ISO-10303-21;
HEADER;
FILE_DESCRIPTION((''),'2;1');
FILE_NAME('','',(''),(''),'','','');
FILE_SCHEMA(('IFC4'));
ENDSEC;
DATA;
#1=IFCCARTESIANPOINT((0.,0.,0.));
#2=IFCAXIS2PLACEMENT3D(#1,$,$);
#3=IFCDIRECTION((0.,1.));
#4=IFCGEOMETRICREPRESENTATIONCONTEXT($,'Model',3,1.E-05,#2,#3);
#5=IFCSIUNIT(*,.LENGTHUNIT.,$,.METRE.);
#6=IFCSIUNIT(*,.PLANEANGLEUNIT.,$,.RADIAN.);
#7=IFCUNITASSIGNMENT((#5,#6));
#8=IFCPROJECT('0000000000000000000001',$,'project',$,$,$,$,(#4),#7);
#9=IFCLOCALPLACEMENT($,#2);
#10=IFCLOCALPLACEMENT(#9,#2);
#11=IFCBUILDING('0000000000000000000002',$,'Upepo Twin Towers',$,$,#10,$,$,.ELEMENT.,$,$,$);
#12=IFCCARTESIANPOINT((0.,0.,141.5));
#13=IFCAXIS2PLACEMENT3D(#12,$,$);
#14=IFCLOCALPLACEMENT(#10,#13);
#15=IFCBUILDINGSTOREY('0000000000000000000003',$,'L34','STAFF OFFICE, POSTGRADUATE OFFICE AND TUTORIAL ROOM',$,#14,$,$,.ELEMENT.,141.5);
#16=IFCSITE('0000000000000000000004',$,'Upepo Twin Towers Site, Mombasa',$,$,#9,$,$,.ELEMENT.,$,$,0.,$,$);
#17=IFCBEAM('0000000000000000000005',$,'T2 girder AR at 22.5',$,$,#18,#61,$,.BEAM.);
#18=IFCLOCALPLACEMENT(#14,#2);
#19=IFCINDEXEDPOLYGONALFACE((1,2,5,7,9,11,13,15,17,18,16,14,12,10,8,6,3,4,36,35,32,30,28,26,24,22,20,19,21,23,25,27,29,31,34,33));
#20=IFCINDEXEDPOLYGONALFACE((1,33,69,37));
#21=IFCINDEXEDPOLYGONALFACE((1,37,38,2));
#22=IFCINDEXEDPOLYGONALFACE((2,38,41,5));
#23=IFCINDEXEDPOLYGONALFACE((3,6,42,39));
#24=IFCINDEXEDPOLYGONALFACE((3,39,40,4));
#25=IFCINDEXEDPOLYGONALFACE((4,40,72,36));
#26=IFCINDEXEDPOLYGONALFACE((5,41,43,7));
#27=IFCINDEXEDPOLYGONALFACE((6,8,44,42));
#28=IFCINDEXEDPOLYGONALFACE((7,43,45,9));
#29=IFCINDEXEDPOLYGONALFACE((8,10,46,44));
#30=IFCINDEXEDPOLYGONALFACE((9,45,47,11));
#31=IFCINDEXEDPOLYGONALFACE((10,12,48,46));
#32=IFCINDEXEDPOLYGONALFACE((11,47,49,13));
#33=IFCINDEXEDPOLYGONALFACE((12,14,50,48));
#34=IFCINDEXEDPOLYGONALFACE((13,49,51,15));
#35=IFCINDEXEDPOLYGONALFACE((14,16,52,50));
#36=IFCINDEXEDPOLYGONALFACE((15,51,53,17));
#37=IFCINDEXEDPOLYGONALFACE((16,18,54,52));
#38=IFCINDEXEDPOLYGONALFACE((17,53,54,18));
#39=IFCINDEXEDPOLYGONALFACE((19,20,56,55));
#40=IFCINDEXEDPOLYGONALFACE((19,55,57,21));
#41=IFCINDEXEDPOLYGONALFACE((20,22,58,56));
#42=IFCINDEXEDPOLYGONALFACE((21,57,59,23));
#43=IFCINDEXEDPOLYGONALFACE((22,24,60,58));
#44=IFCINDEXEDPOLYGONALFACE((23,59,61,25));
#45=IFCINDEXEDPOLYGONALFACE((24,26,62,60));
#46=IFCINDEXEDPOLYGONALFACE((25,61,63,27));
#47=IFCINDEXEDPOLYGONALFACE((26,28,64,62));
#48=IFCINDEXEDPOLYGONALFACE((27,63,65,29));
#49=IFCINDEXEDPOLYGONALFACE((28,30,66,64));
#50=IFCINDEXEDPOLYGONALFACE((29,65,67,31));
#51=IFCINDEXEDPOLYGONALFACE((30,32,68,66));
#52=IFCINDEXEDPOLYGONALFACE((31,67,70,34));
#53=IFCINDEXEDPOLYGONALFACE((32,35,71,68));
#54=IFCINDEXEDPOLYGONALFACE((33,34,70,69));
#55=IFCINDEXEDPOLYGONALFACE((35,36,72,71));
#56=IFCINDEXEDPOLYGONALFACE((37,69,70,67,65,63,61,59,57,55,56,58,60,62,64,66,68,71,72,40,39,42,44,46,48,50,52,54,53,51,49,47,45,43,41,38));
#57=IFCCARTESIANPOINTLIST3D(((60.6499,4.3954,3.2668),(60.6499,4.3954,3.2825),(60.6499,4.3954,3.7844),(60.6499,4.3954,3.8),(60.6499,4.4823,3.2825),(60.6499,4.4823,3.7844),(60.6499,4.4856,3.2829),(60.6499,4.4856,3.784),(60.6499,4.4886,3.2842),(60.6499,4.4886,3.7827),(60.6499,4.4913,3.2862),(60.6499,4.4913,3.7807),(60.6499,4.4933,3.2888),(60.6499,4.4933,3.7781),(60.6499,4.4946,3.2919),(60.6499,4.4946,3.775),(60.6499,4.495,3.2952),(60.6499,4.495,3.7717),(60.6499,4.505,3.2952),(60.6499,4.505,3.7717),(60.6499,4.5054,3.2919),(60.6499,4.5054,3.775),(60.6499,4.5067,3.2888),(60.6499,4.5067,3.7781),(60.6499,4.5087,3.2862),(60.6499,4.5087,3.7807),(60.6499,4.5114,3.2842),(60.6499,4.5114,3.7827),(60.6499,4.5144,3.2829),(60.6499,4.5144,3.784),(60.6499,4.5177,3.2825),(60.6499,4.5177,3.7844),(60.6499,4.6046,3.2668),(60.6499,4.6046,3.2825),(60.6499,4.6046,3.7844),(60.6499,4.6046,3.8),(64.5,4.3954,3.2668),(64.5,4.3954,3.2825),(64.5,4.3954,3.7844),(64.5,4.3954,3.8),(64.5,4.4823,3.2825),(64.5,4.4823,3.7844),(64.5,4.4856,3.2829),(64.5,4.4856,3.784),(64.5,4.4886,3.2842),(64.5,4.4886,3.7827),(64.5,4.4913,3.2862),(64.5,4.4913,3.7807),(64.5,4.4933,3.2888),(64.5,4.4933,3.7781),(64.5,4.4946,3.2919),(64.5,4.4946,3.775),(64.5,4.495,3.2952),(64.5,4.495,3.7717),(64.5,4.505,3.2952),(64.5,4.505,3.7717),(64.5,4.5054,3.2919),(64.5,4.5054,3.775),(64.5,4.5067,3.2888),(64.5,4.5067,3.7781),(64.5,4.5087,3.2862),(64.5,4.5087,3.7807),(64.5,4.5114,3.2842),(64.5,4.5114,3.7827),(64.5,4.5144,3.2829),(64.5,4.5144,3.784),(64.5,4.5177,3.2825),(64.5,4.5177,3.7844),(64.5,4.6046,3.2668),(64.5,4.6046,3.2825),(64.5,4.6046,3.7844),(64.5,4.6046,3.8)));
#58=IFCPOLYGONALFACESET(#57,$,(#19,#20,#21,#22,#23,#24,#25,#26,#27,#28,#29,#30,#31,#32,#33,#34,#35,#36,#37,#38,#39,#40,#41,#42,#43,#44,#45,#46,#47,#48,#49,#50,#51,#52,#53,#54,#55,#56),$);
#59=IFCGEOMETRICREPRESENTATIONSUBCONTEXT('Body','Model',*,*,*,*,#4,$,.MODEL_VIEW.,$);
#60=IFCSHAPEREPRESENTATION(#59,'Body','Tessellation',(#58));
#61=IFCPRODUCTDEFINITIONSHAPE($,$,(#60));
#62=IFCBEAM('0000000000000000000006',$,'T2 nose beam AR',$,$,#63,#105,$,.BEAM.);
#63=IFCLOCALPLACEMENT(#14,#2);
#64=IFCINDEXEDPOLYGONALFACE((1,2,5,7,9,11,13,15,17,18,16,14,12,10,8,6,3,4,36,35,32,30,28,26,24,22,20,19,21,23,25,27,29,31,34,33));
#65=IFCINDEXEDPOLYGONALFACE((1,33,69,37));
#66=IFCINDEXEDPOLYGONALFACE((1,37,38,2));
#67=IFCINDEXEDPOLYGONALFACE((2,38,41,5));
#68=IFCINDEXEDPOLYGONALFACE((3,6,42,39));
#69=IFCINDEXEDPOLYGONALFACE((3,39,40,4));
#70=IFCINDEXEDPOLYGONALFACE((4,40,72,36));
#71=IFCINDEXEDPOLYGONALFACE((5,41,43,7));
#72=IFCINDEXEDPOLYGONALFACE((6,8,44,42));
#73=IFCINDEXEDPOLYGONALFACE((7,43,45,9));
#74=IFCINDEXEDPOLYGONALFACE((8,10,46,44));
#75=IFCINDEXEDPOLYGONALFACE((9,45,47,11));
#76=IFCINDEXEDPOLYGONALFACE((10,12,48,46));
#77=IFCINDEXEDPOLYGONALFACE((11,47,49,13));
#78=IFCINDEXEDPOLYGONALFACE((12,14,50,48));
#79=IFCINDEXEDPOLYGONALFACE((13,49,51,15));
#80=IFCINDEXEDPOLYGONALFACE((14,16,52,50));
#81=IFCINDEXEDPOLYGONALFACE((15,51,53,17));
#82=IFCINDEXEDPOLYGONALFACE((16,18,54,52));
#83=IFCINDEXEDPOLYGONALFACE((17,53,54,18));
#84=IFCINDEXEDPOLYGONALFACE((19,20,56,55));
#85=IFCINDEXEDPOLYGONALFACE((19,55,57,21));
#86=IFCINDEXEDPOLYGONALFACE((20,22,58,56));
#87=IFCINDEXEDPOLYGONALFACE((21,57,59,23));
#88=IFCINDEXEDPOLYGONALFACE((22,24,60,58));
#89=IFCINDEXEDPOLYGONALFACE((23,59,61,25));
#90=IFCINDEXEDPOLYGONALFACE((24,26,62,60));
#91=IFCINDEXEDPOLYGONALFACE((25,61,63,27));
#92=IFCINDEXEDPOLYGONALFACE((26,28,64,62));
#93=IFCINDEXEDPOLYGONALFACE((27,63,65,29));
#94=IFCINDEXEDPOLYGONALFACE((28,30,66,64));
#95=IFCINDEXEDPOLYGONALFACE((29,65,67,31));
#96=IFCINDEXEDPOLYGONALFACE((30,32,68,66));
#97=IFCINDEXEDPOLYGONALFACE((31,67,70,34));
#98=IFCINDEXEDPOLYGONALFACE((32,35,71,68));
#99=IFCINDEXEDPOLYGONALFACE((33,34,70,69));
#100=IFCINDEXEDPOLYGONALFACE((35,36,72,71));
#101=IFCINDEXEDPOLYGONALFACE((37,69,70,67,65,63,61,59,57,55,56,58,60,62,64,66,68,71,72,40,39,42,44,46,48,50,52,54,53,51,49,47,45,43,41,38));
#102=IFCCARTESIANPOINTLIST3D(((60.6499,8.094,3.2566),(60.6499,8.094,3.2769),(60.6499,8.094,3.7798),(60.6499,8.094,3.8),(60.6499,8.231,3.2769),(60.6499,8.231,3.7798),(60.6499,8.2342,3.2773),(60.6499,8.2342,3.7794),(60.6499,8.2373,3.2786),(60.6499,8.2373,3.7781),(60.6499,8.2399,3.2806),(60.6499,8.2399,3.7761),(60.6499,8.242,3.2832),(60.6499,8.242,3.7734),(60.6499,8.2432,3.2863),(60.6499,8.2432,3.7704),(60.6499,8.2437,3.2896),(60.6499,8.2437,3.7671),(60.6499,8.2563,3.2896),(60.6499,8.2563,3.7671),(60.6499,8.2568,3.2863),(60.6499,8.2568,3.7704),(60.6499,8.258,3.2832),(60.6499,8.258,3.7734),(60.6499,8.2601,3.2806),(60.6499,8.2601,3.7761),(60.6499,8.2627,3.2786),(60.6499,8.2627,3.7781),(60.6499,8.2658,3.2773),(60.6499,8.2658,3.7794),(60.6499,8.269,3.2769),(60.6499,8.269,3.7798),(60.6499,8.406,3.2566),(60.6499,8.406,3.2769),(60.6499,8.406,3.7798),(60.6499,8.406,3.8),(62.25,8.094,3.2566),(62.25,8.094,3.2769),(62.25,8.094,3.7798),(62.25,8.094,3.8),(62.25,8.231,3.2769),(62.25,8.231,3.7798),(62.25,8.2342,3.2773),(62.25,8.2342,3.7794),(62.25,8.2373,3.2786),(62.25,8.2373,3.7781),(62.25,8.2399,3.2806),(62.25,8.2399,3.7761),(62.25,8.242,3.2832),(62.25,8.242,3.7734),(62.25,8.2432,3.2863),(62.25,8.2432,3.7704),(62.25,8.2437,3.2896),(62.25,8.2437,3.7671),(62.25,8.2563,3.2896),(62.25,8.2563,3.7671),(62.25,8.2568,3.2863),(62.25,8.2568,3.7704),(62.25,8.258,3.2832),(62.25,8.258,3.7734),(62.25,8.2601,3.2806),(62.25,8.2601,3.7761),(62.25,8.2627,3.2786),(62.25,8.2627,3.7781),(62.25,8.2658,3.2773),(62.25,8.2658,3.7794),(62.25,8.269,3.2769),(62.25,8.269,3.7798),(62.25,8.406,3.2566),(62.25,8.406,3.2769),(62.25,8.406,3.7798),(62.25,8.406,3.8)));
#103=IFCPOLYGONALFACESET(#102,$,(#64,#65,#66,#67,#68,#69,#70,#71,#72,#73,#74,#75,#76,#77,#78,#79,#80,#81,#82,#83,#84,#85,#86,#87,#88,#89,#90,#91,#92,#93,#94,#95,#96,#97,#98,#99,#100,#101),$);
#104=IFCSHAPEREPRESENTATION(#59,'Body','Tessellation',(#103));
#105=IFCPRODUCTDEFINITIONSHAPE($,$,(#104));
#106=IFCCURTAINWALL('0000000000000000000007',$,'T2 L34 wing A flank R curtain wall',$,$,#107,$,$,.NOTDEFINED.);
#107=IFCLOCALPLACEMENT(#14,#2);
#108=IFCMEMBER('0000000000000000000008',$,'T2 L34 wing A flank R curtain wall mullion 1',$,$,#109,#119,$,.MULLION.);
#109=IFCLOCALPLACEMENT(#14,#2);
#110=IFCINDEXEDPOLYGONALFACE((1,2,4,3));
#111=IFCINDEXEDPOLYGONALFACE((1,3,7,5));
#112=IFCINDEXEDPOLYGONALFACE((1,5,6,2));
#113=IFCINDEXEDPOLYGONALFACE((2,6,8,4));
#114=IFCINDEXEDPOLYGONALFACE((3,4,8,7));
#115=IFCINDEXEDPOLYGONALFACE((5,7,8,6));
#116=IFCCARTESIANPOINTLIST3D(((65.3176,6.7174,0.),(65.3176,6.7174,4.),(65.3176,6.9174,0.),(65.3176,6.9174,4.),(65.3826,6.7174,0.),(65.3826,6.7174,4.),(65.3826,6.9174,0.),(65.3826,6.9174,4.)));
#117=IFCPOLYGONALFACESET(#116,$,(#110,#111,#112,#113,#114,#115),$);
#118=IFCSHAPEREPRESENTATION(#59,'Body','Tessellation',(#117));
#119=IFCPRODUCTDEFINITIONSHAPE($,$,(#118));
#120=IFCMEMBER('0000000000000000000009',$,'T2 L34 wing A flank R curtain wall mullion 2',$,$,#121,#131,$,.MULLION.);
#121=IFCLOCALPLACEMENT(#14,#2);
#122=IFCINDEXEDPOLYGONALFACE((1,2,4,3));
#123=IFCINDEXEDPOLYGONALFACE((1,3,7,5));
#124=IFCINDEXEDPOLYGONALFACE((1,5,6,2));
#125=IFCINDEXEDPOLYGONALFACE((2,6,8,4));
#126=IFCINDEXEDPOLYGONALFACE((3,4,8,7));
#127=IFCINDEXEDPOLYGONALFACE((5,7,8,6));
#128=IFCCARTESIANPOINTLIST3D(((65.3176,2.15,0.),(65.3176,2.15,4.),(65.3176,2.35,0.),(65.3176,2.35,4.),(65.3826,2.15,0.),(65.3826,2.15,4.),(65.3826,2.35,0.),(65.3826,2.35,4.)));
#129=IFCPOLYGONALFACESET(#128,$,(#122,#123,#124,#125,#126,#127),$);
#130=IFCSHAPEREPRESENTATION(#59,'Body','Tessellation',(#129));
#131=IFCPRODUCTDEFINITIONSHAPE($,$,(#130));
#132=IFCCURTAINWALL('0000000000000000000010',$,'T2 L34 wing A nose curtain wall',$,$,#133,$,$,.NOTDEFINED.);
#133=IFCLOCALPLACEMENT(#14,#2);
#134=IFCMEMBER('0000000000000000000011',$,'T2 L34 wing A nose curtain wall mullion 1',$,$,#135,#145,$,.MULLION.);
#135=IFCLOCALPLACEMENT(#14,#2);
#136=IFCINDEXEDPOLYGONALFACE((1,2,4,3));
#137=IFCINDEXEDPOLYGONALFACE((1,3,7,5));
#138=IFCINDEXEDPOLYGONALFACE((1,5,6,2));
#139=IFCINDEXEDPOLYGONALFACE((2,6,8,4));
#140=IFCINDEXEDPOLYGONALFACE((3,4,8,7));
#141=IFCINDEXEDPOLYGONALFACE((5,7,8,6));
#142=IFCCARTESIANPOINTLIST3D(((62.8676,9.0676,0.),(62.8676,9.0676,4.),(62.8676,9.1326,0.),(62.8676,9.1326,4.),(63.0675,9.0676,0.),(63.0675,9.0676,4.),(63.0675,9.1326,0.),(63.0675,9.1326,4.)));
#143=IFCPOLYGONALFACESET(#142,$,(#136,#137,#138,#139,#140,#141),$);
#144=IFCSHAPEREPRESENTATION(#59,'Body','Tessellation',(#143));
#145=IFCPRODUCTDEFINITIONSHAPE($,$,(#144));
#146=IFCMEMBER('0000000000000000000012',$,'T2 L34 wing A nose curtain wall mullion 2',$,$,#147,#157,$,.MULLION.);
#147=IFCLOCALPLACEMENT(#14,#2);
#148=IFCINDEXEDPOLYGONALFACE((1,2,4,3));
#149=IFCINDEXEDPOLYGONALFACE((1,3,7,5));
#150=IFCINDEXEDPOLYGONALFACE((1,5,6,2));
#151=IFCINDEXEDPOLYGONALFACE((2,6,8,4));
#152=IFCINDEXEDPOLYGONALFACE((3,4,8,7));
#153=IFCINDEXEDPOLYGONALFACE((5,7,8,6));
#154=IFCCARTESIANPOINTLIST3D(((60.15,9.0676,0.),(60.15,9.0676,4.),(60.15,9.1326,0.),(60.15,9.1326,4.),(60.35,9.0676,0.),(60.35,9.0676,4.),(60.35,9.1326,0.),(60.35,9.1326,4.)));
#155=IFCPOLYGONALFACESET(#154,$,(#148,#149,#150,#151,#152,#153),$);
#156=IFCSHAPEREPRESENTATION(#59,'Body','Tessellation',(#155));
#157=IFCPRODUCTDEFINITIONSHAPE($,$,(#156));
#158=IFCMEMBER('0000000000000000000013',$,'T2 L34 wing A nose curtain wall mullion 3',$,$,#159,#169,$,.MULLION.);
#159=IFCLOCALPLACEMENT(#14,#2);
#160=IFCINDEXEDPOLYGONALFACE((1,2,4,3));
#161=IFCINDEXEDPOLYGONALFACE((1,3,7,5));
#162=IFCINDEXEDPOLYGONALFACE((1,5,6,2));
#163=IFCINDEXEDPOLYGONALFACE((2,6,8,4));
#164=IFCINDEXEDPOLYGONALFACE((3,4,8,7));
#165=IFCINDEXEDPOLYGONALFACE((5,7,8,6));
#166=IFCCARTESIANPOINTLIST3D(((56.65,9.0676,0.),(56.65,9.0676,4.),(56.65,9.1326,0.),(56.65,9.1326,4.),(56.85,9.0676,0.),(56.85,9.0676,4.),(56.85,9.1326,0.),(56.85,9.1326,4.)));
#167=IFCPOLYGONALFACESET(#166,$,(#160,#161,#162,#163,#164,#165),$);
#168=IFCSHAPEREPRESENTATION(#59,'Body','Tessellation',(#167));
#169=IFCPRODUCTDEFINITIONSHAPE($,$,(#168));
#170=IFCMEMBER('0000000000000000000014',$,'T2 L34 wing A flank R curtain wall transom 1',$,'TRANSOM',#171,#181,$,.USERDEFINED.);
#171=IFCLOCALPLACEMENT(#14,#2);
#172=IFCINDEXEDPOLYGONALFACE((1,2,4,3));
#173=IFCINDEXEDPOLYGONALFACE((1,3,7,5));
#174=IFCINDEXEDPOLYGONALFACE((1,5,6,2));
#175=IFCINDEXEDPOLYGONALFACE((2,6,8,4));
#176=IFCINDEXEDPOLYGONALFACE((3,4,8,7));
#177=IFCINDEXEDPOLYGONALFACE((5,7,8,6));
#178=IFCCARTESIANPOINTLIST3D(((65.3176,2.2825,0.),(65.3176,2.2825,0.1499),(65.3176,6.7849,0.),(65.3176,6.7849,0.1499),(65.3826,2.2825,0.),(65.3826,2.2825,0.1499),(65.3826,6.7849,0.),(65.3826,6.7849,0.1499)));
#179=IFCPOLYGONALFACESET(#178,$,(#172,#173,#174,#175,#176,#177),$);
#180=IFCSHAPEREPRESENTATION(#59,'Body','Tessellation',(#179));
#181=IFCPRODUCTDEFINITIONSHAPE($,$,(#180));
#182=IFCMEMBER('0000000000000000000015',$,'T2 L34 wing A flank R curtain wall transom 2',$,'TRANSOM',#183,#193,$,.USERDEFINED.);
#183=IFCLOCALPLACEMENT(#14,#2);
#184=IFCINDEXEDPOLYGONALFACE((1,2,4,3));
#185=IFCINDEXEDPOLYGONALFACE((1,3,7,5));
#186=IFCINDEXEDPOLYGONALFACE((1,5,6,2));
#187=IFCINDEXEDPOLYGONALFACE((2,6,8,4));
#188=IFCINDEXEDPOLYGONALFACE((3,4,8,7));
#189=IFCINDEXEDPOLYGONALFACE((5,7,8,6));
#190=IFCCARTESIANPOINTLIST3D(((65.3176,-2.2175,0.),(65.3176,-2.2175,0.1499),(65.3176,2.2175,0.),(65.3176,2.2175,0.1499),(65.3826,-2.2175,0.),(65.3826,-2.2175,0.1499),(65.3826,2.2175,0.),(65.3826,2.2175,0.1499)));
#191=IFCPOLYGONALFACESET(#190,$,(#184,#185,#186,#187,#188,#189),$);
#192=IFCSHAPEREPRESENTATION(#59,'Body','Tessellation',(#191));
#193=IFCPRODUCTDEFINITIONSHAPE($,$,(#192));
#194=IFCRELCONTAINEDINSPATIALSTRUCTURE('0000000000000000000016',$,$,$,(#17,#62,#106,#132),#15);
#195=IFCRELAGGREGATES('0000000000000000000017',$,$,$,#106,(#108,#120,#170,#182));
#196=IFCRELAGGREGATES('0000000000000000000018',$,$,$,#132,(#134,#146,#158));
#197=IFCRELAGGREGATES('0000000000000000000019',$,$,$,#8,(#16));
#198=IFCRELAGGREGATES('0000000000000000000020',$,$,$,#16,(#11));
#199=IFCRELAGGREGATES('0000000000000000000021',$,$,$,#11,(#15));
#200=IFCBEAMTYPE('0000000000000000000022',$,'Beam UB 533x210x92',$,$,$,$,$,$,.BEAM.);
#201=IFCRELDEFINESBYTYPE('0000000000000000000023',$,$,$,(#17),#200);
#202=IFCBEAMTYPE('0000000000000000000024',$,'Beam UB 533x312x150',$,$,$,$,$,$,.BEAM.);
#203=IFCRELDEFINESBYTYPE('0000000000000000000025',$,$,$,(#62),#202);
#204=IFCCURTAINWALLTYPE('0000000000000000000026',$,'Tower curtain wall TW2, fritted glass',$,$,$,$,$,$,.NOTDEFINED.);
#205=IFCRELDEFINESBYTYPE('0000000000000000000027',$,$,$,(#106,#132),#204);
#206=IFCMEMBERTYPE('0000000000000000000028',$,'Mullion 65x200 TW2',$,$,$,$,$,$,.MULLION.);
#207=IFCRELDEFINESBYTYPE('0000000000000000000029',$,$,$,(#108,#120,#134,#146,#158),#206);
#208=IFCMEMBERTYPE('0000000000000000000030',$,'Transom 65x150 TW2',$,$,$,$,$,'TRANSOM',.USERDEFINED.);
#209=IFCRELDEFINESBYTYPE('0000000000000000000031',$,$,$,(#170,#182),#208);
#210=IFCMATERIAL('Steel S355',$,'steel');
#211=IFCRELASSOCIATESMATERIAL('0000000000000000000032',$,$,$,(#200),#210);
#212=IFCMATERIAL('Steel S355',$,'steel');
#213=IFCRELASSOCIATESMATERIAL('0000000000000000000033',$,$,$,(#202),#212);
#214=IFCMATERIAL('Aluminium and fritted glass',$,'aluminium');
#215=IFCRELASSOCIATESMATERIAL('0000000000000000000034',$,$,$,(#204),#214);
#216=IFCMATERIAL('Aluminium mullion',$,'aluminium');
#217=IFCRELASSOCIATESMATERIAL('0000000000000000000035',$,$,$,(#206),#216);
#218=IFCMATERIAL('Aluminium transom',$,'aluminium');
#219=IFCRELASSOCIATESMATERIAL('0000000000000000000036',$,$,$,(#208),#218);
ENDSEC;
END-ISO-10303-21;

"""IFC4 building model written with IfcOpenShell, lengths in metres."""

from ifc_helpers import new_model, si_unit, direction, frame, origin, origin_2d, place, context, subcontext, project, spatial, rectangle, i_section, extrude, material, material_profile, profile_set, type_object, element, aggregate, save


model = new_model("IFC4")

# Units and contexts
model_context = context("Model", 3, precision=1e-05, world=origin(), true_north=direction((0.0, 1.0)))
body_context = subcontext(model_context, "Body", "Model", "MODEL_VIEW")
ifc_project = project(units=[si_unit("LENGTHUNIT", "METRE"), si_unit("PLANEANGLEUNIT", "RADIAN")], contexts=[model_context])

# Site, building, storey
site_placement = place(None, origin())
site = spatial("IfcSite", under=ifc_project, at=site_placement, Name="Upepo Twin Towers Site, Mombasa", CompositionType="ELEMENT", RefElevation=0.0)
building_placement = place(site_placement, origin())
building = spatial("IfcBuilding", under=site, at=building_placement, Name="Upepo Twin Towers", CompositionType="ELEMENT")
storey_placement = place(building_placement, frame((0.0, 0.0, 141.5)))
storey = spatial("IfcBuildingStorey", under=building, at=storey_placement, Name="L34", Description="STAFF OFFICE, POSTGRADUATE OFFICE AND TUTORIAL ROOM", CompositionType="ELEMENT", Elevation=141.5)

# Beams
ifc_material_1 = material(Name="Steel S355", Category="steel")
ifc_material_profile_1 = material_profile(ifc_material_1, i_section(OverallWidth=0.2092, OverallDepth=0.5332, WebThickness=0.01, FlangeThickness=0.0156, FilletRadius=0.0127, at=origin_2d()), Name="UB 533x210x92")
ifc_profile_set_1 = profile_set([ifc_material_profile_1], Name="Steel S355")
beam_type_1 = type_object("IfcBeamType", Name="Beam UB 533x210x92", PredefinedType="BEAM", material=ifc_profile_set_1)
for number, where, z_axis, x_axis, name in (
    (1, (64.5, 4.5, 3.5334), (-1.0, 0.0, 0.0), (0.0, -1.0, 0.0), "T2 girder AR at 22.5"),
):
    element("IfcBeam", number, at=place(storey_placement, frame(where, z_axis=z_axis, x_axis=x_axis)), inside=storey, type_object=beam_type_1, Name=name, PredefinedType="BEAM", context=body_context, shape_type="SweptSolid", body=[
        extrude(i_section(OverallWidth=0.2092, OverallDepth=0.5332, WebThickness=0.01, FlangeThickness=0.0156, FilletRadius=0.0127, at=origin_2d()), origin(), (0.0, 0.0, 1.0), 3.8501),
    ])
ifc_material_2 = material(Name="Steel S355", Category="steel")
ifc_material_profile_2 = material_profile(ifc_material_2, i_section(OverallWidth=0.312, OverallDepth=0.5435, WebThickness=0.0127, FlangeThickness=0.0203, FilletRadius=0.0127, at=origin_2d()), Name="UB 533x312x150")
ifc_profile_set_2 = profile_set([ifc_material_profile_2], Name="Steel S355")
beam_type_2 = type_object("IfcBeamType", Name="Beam UB 533x312x150", PredefinedType="BEAM", material=ifc_profile_set_2)
beam_1_placement = place(storey_placement, frame((62.25, 8.25, 3.5283), z_axis=(-1.0, 0.0, 0.0), x_axis=(0.0, -1.0, 0.0)))
element("IfcBeam", 2, at=beam_1_placement, inside=storey, type_object=beam_type_2, Name="T2 nose beam AR", PredefinedType="BEAM", context=body_context, shape_type="SweptSolid", body=[
    extrude(i_section(OverallWidth=0.312, OverallDepth=0.5435, WebThickness=0.0127, FlangeThickness=0.0203, FilletRadius=0.0127, at=origin_2d()), origin(), (0.0, 0.0, 1.0), 1.6001),
])

# Curtain walls, members
ifc_material_3 = material(Name="Aluminium and fritted glass", Category="aluminium")
curtain_wall_type = type_object("IfcCurtainWallType", Name="Tower curtain wall TW2, fritted glass", PredefinedType="NOTDEFINED", material=ifc_material_3)
curtain_wall_1_placement = place(storey_placement, origin())
curtain_wall_1 = element("IfcCurtainWall", 3, at=curtain_wall_1_placement, inside=storey, type_object=curtain_wall_type, Name="T2 L34 wing A flank R curtain wall", PredefinedType="NOTDEFINED")
ifc_material_4 = material(Name="Aluminium mullion", Category="aluminium")
ifc_material_profile_3 = material_profile(ifc_material_4, rectangle(XDim=0.0649, YDim=0.2, at=origin_2d()), Name="MULLION 65x200")
ifc_profile_set_3 = profile_set([ifc_material_profile_3], Name="Aluminium mullion")
member_type_1 = type_object("IfcMemberType", Name="Mullion 65x200 TW2", PredefinedType="MULLION", material=ifc_profile_set_3)
member_1_placement = place(storey_placement, frame((65.3501, 6.8174, 0.0), z_axis=(0.0, 0.0, 1.0), x_axis=(1.0, 0.0, 0.0)))
member_1 = element("IfcMember", 4, at=member_1_placement, type_object=member_type_1, Name="T2 L34 wing A flank R curtain wall mullion 1", PredefinedType="MULLION", context=body_context, shape_type="SweptSolid", body=[
    extrude(rectangle(XDim=0.0649, YDim=0.2, at=origin_2d()), origin(), (0.0, 0.0, 1.0), 4.0),
])
member_2_placement = place(storey_placement, frame((65.3501, 2.25, 0.0), z_axis=(0.0, 0.0, 1.0), x_axis=(1.0, 0.0, 0.0)))
member_2 = element("IfcMember", 5, at=member_2_placement, type_object=member_type_1, Name="T2 L34 wing A flank R curtain wall mullion 2", PredefinedType="MULLION", context=body_context, shape_type="SweptSolid", body=[
    extrude(rectangle(XDim=0.0649, YDim=0.2, at=origin_2d()), origin(), (0.0, 0.0, 1.0), 4.0),
])
curtain_wall_2_placement = place(storey_placement, origin())
curtain_wall_2 = element("IfcCurtainWall", 6, at=curtain_wall_2_placement, inside=storey, type_object=curtain_wall_type, Name="T2 L34 wing A nose curtain wall", PredefinedType="NOTDEFINED")
member_3_placement = place(storey_placement, frame((62.9675, 9.1001, 0.0), z_axis=(0.0, 0.0, 1.0), x_axis=(0.0, -1.0, 0.0)))
member_3 = element("IfcMember", 7, at=member_3_placement, type_object=member_type_1, Name="T2 L34 wing A nose curtain wall mullion 1", PredefinedType="MULLION", context=body_context, shape_type="SweptSolid", body=[
    extrude(rectangle(XDim=0.0649, YDim=0.2, at=origin_2d()), origin(), (0.0, 0.0, 1.0), 4.0),
])
member_4_placement = place(storey_placement, frame((60.25, 9.1001, 0.0), z_axis=(0.0, 0.0, 1.0), x_axis=(0.0, -1.0, 0.0)))
member_4 = element("IfcMember", 8, at=member_4_placement, type_object=member_type_1, Name="T2 L34 wing A nose curtain wall mullion 2", PredefinedType="MULLION", context=body_context, shape_type="SweptSolid", body=[
    extrude(rectangle(XDim=0.0649, YDim=0.2, at=origin_2d()), origin(), (0.0, 0.0, 1.0), 4.0),
])
member_5_placement = place(storey_placement, frame((56.75, 9.1001, 0.0), z_axis=(0.0, 0.0, 1.0), x_axis=(0.0, -1.0, 0.0)))
member_5 = element("IfcMember", 9, at=member_5_placement, type_object=member_type_1, Name="T2 L34 wing A nose curtain wall mullion 3", PredefinedType="MULLION", context=body_context, shape_type="SweptSolid", body=[
    extrude(rectangle(XDim=0.0649, YDim=0.2, at=origin_2d()), origin(), (0.0, 0.0, 1.0), 4.0),
])

# Members
ifc_material_5 = material(Name="Aluminium transom", Category="aluminium")
ifc_material_profile_4 = material_profile(ifc_material_5, rectangle(XDim=0.0649, YDim=0.1499, at=origin_2d()), Name="TRANSOM 65x150")
ifc_profile_set_4 = profile_set([ifc_material_profile_4], Name="Aluminium transom")
member_type_2 = type_object("IfcMemberType", Name="Transom 65x150 TW2", ElementType="TRANSOM", PredefinedType="USERDEFINED", material=ifc_profile_set_4)
member_6_placement = place(storey_placement, frame((65.3501, 6.7849, 0.075), z_axis=(0.0, -1.0, 0.0), x_axis=(1.0, 0.0, 0.0)))
member_6 = element("IfcMember", 10, at=member_6_placement, type_object=member_type_2, Name="T2 L34 wing A flank R curtain wall transom 1", ObjectType="TRANSOM", PredefinedType="USERDEFINED", context=body_context, shape_type="SweptSolid", body=[
    extrude(rectangle(XDim=0.0649, YDim=0.1499, at=origin_2d()), origin(), (0.0, 0.0, 1.0), 4.5024),
])
member_7_placement = place(storey_placement, frame((65.3501, 2.2175, 0.075), z_axis=(0.0, -1.0, 0.0), x_axis=(1.0, 0.0, 0.0)))
member_7 = element("IfcMember", 11, at=member_7_placement, type_object=member_type_2, Name="T2 L34 wing A flank R curtain wall transom 2", ObjectType="TRANSOM", PredefinedType="USERDEFINED", context=body_context, shape_type="SweptSolid", body=[
    extrude(rectangle(XDim=0.0649, YDim=0.1499, at=origin_2d()), origin(), (0.0, 0.0, 1.0), 4.4351),
])

aggregate(curtain_wall_1, [member_1, member_2, member_6, member_7])
aggregate(curtain_wall_2, [member_3, member_4, member_5])

save(model, "model.ifc")
